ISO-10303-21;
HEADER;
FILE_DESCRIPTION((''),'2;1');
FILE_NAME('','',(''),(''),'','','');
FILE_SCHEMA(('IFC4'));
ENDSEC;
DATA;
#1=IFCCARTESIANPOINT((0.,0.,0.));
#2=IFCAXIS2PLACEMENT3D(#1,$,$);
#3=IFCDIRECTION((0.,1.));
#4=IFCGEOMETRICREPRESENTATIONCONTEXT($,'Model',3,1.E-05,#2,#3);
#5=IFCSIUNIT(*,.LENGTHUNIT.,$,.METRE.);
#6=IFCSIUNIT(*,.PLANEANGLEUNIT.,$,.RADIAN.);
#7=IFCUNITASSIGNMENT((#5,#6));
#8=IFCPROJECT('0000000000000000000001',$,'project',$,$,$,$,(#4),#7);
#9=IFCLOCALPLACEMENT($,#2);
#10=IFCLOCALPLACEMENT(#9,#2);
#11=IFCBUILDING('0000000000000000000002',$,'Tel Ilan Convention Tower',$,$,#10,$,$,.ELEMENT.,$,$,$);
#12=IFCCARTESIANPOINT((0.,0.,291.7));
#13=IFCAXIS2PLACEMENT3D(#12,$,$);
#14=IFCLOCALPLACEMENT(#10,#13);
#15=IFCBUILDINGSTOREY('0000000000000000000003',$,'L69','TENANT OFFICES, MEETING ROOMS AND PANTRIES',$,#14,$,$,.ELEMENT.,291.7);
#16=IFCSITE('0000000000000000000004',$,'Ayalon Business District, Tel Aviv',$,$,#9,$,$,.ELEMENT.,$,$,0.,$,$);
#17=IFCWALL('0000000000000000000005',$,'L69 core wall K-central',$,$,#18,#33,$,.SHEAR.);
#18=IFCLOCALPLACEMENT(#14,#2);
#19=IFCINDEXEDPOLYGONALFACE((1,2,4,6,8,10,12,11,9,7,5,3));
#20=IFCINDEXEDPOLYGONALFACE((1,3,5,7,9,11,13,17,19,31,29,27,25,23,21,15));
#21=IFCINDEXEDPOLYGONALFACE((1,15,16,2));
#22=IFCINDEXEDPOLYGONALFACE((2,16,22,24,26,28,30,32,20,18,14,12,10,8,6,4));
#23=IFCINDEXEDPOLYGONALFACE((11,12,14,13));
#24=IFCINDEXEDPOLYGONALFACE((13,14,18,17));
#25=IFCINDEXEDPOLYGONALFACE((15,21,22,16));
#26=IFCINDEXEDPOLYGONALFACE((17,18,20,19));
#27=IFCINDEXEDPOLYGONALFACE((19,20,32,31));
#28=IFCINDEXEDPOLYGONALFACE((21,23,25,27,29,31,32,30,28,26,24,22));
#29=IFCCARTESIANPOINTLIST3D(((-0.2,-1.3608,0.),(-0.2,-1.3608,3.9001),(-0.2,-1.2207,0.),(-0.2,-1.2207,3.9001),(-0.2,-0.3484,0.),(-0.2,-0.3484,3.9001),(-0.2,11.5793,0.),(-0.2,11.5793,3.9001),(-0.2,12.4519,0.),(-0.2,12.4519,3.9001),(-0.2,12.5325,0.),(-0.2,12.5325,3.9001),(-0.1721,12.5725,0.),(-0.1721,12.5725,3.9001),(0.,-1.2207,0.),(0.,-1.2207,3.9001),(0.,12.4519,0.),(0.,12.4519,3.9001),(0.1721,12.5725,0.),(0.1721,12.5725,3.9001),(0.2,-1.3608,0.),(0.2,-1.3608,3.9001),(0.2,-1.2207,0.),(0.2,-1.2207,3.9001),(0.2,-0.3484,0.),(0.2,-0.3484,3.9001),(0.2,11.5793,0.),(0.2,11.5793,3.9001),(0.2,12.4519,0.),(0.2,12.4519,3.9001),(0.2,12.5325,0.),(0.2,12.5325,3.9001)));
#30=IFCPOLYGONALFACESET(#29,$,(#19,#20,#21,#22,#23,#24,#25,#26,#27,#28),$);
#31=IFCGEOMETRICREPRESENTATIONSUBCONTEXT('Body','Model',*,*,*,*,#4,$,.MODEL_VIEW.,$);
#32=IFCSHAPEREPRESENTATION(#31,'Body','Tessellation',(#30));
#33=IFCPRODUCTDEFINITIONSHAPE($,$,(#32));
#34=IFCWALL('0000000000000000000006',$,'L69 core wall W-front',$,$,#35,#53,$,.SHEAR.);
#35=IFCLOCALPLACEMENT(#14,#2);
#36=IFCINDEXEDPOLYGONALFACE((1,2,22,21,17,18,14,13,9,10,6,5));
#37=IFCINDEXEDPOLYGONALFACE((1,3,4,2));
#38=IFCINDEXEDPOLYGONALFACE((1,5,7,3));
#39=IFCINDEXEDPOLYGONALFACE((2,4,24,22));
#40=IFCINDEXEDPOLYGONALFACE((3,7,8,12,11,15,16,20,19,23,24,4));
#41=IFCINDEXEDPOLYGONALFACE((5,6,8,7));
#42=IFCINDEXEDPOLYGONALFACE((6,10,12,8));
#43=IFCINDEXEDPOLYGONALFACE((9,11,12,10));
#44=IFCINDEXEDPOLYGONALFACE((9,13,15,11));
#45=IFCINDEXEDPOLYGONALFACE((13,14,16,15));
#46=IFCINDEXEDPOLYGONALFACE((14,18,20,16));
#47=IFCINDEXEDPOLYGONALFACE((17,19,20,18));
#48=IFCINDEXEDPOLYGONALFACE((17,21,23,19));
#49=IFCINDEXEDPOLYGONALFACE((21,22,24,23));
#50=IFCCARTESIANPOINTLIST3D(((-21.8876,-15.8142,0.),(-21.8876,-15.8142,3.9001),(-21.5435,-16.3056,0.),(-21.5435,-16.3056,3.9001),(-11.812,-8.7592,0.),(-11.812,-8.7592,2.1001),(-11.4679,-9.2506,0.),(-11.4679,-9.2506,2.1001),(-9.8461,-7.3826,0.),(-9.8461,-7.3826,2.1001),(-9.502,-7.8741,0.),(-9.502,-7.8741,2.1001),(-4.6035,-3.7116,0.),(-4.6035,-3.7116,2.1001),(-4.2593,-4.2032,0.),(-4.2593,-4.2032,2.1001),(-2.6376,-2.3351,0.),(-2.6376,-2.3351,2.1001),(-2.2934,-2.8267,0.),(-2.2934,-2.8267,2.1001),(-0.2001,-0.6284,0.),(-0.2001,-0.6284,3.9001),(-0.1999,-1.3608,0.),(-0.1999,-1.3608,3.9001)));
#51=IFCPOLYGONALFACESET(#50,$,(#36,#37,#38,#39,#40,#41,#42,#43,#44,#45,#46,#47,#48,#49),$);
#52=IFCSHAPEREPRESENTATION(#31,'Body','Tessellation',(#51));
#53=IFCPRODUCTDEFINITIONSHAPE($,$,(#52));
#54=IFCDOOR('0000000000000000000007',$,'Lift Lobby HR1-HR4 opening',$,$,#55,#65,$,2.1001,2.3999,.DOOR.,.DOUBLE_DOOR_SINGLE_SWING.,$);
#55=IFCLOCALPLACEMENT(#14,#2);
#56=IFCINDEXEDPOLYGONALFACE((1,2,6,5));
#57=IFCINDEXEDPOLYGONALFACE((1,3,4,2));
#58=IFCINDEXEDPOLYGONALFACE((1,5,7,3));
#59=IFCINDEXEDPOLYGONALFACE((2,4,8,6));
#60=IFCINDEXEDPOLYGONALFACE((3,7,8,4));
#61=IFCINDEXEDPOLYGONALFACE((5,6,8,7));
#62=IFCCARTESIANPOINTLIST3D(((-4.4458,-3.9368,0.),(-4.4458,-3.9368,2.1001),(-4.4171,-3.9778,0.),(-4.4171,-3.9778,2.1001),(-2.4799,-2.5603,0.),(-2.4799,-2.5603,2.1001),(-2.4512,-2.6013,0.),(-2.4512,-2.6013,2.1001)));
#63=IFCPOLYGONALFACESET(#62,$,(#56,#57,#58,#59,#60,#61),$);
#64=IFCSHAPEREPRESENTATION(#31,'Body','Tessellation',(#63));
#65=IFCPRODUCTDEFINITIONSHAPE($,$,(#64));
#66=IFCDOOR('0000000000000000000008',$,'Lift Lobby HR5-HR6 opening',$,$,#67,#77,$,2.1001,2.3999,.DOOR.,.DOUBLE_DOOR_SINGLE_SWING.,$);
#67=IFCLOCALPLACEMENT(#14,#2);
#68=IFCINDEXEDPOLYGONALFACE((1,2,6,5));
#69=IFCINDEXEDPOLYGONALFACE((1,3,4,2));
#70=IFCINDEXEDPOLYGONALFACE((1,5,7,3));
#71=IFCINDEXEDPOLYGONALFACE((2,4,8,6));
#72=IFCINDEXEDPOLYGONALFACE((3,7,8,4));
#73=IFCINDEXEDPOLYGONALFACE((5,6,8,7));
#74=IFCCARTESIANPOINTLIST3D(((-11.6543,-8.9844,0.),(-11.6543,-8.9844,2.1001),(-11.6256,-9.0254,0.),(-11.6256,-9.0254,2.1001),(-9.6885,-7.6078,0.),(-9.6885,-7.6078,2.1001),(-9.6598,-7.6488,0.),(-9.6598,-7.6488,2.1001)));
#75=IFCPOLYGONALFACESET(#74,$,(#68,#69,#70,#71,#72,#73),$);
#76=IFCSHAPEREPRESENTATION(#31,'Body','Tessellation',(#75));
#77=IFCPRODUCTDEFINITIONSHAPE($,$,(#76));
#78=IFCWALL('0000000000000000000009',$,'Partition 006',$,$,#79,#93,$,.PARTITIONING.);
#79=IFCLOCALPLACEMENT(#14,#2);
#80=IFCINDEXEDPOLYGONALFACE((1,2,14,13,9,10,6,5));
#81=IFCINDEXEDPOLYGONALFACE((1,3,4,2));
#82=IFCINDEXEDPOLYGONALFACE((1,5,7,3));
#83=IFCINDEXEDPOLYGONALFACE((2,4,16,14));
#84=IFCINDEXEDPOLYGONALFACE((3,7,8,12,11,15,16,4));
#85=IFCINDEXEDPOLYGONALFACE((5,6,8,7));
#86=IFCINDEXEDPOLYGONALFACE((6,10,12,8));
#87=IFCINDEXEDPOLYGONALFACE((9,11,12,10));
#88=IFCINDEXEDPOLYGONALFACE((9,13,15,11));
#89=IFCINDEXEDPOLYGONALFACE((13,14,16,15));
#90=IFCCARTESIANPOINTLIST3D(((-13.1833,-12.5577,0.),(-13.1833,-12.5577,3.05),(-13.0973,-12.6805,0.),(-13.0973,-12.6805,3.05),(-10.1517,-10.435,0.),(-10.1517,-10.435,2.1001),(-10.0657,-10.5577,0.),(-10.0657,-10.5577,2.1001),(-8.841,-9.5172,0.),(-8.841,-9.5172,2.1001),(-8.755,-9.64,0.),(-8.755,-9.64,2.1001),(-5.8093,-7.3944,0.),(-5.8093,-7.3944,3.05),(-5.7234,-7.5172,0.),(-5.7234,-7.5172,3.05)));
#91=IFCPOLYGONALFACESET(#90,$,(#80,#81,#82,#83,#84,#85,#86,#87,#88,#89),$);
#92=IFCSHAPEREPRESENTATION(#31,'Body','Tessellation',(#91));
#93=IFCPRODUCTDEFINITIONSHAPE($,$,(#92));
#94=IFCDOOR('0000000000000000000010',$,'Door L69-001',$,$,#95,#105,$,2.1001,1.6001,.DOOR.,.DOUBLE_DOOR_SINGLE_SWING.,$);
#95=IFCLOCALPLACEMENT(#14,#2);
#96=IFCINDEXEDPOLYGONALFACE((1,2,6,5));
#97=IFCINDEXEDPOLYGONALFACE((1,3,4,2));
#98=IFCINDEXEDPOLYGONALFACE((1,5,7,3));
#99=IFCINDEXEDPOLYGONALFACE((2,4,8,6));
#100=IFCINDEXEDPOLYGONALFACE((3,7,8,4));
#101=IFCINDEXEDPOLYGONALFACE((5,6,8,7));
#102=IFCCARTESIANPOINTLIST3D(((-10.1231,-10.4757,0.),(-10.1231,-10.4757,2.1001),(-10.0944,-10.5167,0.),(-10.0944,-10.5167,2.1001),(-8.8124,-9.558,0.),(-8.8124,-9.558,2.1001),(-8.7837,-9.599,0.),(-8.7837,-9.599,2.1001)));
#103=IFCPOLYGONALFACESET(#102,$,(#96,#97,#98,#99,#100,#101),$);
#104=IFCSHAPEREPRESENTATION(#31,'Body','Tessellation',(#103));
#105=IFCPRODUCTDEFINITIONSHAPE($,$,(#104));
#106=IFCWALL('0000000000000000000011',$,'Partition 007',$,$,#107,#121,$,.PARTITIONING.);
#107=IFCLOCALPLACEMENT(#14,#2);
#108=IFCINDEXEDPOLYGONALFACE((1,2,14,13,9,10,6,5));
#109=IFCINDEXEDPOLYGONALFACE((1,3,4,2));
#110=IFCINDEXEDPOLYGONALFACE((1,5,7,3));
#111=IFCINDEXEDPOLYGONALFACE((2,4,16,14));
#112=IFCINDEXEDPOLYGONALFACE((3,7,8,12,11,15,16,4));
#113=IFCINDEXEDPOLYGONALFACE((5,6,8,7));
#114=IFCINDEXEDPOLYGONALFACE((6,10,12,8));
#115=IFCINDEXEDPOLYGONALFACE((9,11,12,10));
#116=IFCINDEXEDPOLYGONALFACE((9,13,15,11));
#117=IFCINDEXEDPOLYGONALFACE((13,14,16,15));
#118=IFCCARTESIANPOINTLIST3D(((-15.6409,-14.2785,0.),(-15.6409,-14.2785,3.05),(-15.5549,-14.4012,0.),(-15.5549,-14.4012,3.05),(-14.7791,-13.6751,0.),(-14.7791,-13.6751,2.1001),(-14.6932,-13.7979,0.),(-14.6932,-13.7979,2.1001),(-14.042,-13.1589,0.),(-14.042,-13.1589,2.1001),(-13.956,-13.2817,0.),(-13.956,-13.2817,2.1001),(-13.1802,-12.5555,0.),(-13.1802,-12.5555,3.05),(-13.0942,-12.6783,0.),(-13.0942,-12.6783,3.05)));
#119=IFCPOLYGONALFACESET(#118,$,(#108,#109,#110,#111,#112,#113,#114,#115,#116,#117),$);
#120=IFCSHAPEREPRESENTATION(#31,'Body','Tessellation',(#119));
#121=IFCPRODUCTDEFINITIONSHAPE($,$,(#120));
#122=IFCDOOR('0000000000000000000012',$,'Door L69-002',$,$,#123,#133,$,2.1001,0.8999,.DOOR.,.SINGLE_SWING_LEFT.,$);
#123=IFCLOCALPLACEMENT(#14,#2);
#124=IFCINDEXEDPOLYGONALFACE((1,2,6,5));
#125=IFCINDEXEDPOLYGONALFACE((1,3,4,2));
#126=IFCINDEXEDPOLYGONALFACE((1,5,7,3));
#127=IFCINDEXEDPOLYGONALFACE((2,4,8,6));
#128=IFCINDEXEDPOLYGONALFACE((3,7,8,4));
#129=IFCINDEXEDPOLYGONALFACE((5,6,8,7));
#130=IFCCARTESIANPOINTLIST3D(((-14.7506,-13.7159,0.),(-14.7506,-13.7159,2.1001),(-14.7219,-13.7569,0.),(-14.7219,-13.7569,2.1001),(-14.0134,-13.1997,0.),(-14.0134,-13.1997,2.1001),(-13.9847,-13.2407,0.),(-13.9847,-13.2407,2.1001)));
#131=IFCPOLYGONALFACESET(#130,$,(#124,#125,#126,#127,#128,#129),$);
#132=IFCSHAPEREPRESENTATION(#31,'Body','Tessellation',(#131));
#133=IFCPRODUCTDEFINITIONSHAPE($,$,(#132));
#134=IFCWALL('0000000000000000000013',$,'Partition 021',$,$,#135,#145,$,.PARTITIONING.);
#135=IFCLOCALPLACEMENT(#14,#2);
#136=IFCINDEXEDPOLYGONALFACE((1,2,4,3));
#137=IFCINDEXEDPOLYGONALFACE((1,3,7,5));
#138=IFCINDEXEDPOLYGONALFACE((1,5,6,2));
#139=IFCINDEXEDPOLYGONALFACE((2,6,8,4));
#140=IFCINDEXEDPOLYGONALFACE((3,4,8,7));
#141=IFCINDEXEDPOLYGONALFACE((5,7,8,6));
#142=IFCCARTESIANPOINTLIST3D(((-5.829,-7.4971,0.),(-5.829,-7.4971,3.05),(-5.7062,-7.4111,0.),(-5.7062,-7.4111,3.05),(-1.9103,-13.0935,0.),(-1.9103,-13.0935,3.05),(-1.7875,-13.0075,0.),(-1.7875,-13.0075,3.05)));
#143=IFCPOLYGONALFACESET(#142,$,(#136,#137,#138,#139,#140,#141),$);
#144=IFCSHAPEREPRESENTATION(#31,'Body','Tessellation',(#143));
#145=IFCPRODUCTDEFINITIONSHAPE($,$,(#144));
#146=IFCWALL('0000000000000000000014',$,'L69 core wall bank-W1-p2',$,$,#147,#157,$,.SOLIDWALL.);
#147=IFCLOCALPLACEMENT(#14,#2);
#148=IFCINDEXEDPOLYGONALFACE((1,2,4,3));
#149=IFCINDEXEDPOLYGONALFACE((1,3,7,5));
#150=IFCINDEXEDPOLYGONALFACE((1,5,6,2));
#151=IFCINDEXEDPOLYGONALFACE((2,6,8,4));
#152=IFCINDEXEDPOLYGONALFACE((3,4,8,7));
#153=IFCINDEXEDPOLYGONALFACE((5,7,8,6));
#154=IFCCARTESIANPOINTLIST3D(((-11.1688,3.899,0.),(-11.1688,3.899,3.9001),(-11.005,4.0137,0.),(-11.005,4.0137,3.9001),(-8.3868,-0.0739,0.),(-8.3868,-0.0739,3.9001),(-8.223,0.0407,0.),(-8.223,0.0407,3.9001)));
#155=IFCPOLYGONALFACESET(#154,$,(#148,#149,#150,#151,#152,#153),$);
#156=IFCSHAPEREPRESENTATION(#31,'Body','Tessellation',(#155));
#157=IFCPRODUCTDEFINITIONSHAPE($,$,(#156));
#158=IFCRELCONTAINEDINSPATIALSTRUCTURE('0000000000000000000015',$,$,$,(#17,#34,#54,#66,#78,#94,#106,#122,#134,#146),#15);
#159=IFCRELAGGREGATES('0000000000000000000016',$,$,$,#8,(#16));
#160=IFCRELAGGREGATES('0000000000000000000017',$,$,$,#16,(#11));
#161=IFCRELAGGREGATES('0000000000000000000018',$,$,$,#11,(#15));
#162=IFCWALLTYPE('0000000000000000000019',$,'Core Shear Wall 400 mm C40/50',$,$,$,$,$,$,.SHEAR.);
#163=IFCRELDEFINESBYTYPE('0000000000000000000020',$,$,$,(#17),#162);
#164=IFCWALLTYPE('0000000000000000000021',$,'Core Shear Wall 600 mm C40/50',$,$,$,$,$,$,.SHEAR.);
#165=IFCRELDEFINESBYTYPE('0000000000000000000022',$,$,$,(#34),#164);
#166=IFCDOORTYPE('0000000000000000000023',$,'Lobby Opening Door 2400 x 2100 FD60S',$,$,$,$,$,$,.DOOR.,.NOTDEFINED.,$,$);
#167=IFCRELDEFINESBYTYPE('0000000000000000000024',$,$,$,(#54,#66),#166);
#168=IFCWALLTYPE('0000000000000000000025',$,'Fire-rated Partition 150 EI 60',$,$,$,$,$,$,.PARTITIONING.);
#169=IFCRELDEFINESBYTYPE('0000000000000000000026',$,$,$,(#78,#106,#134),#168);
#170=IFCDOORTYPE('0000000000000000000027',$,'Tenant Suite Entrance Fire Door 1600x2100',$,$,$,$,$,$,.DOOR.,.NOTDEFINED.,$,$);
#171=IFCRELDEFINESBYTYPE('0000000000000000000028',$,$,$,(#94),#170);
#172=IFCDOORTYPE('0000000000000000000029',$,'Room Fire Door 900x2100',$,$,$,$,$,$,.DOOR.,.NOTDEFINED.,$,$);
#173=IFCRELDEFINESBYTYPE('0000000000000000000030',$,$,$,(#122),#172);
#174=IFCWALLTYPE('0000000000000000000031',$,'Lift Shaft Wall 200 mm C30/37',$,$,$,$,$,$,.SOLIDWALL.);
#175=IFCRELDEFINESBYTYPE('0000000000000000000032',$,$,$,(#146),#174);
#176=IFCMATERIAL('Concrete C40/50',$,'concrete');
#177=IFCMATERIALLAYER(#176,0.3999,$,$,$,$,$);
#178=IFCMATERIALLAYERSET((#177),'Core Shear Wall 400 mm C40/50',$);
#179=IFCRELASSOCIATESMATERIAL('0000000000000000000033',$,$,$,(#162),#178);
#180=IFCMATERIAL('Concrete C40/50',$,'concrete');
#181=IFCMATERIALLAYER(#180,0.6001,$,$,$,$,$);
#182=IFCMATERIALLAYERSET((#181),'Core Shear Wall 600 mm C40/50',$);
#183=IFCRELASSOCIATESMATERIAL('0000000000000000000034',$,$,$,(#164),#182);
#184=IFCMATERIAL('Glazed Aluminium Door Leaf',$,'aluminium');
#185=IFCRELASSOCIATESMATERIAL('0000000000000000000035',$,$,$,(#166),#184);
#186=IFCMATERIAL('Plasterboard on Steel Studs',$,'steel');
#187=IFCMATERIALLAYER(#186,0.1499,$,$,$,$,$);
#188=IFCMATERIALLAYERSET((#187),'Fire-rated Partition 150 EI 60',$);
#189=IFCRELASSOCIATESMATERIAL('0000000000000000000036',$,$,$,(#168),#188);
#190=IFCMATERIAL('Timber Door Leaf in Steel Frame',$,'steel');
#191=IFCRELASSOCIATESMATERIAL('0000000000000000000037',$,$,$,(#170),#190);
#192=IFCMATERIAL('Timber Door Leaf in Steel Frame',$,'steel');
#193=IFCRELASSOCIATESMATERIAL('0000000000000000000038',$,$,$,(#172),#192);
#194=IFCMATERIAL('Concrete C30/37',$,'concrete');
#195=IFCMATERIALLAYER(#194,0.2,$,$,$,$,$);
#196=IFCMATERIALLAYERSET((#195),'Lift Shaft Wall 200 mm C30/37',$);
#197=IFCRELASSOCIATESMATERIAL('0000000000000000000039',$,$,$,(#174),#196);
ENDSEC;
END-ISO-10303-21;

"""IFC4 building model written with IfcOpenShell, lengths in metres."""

from ifc_helpers import new_model, si_unit, direction, frame, frame_2d, origin, place, context, subcontext, project, spatial, polyline, rectangle, outline, extrude, material, layer, layer_set, type_object, element, fill, save


model = new_model("IFC4")

# Units and contexts
model_context = context("Model", 3, precision=1e-05, world=origin(), true_north=direction((0.0, 1.0)))
body_context = subcontext(model_context, "Body", "Model", "MODEL_VIEW")
ifc_project = project(units=[si_unit("LENGTHUNIT", "METRE"), si_unit("PLANEANGLEUNIT", "RADIAN")], contexts=[model_context])

# Site, building, storey
site_placement = place(None, origin())
site = spatial("IfcSite", under=ifc_project, at=site_placement, Name="Ayalon Business District, Tel Aviv", CompositionType="ELEMENT", RefElevation=0.0)
building_placement = place(site_placement, origin())
building = spatial("IfcBuilding", under=site, at=building_placement, Name="Tel Ilan Convention Tower", CompositionType="ELEMENT")
storey_placement = place(building_placement, frame((0.0, 0.0, 291.7)))
storey = spatial("IfcBuildingStorey", under=building, at=storey_placement, Name="L69", Description="TENANT OFFICES, MEETING ROOMS AND PANTRIES", CompositionType="ELEMENT", Elevation=291.7)

# Wall
ifc_material_1 = material(Name="Concrete C40/50", Category="concrete")
ifc_layer_1 = layer(ifc_material_1, 0.3999)
ifc_layer_set_1 = layer_set([ifc_layer_1], Name="Core Shear Wall 400 mm C40/50")
wall_type_1 = type_object("IfcWallType", Name="Core Shear Wall 400 mm C40/50", PredefinedType="SHEAR", material=ifc_layer_set_1)
wall_1_placement = place(storey_placement, frame((0.0, -1.3608, 0.0), z_axis=(0.0, 0.0, 1.0), x_axis=(0.0, 1.0, 0.0)))
element("IfcWall", 1, at=wall_1_placement, inside=storey, type_object=wall_type_1, Name="L69 core wall K-central", PredefinedType="SHEAR", context=body_context, shape_type="SweptSolid", body=[
    extrude(outline(polyline([(0.1401, 0.2), (0.0, 0.2), (0.1401, 0.0), (0.0, -0.2), (0.1401, -0.2), (1.0125, -0.2), (12.9402, -0.2), (13.8127, -0.2), (13.8933, -0.2), (13.9333, -0.1721), (13.8127, 0.0), (13.9333, 0.1721), (13.8933, 0.2), (13.8127, 0.2), (12.9402, 0.2), (1.0125, 0.2), (0.1401, 0.2)])), origin(), (0.0, 0.0, 1.0), 3.9001),
])

# Wall, openings, doors
ifc_material_2 = material(Name="Concrete C40/50", Category="concrete")
ifc_layer_2 = layer(ifc_material_2, 0.6001)
ifc_layer_set_2 = layer_set([ifc_layer_2], Name="Core Shear Wall 600 mm C40/50")
wall_type_2 = type_object("IfcWallType", Name="Core Shear Wall 600 mm C40/50", PredefinedType="SHEAR", material=ifc_layer_set_2)
wall_2_placement = place(storey_placement, frame((-0.0278, -0.874, 0.0), z_axis=(0.0, 0.0, 1.0), x_axis=(-0.81915, -0.573579, 0.0)))
wall_2 = element("IfcWall", 2, at=wall_2_placement, inside=storey, type_object=wall_type_2, Name="L69 core wall W-front", PredefinedType="SHEAR", context=body_context, shape_type="SweptSolid", body=[
    extrude(outline(polyline([(26.4758, 0.2998), (0.4202, 0.3), (0.0002, -0.3), (26.4758, -0.3), (26.4758, 0.2998)])), origin(), (0.0, 0.0, 1.0), 3.9001),
])
opening_1_placement = place(wall_2_placement, frame((2.9758, 0.0, 0.0)))
opening_1 = element("IfcOpeningElement", 3, at=opening_1_placement, cuts=wall_2, PredefinedType="OPENING", context=body_context, shape_type="SweptSolid", body=[
    extrude(rectangle(XDim=2.3999, YDim=2.1001, at=frame_2d((1.2, 1.05))), frame((0.0, 0.3101, 0.0), z_axis=(0.0, -1.0, 0.0), x_axis=(1.0, 0.0, 0.0)), (0.0, 0.0, 1.0), 0.6201),
])
opening_2_placement = place(wall_2_placement, frame((11.7759, 0.0, 0.0)))
opening_2 = element("IfcOpeningElement", 4, at=opening_2_placement, cuts=wall_2, PredefinedType="OPENING", context=body_context, shape_type="SweptSolid", body=[
    extrude(rectangle(XDim=2.3999, YDim=2.1001, at=frame_2d((1.2, 1.05))), frame((0.0, 0.3101, 0.0), z_axis=(0.0, -1.0, 0.0), x_axis=(1.0, 0.0, 0.0)), (0.0, 0.0, 1.0), 0.6201),
])
ifc_material_3 = material(Name="Glazed Aluminium Door Leaf", Category="aluminium")
door_type_1 = type_object("IfcDoorType", Name="Lobby Opening Door 2400 x 2100 FD60S", OperationType="NOTDEFINED", PredefinedType="DOOR", material=ifc_material_3)
door_1_placement = place(opening_1_placement, origin())
door_1 = element("IfcDoor", 5, at=door_1_placement, inside=storey, type_object=door_type_1, Name="Lift Lobby HR1-HR4 opening", OperationType="DOUBLE_DOOR_SINGLE_SWING", OverallHeight=2.1001, OverallWidth=2.3999, PredefinedType="DOOR", context=body_context, shape_type="SweptSolid", body=[
    extrude(rectangle(XDim=2.3999, YDim=2.1001, at=frame_2d((1.2, 1.05))), frame((0.0, 0.0249, 0.0), z_axis=(0.0, -1.0, 0.0), x_axis=(1.0, 0.0, 0.0)), (0.0, 0.0, 1.0), 0.05),
])
fill(opening_1, door_1)
door_2_placement = place(opening_2_placement, origin())
door_2 = element("IfcDoor", 6, at=door_2_placement, inside=storey, type_object=door_type_1, Name="Lift Lobby HR5-HR6 opening", OperationType="DOUBLE_DOOR_SINGLE_SWING", OverallHeight=2.1001, OverallWidth=2.3999, PredefinedType="DOOR", context=body_context, shape_type="SweptSolid", body=[
    extrude(rectangle(XDim=2.3999, YDim=2.1001, at=frame_2d((1.2, 1.05))), frame((0.0, 0.0249, 0.0), z_axis=(0.0, -1.0, 0.0), x_axis=(1.0, 0.0, 0.0)), (0.0, 0.0, 1.0), 0.05),
])
fill(opening_2, door_2)

# Walls, openings, doors
ifc_material_4 = material(Name="Plasterboard on Steel Studs", Category="steel")
ifc_layer_3 = layer(ifc_material_4, 0.1499)
ifc_layer_set_3 = layer_set([ifc_layer_3], Name="Fire-rated Partition 150 EI 60")
wall_type_3 = type_object("IfcWallType", Name="Fire-rated Partition 150 EI 60", PredefinedType="PARTITIONING", material=ifc_layer_set_3)
wall_3_placement = place(storey_placement, frame((-5.7664, -7.4558, 0.0), z_axis=(0.0, 0.0, 1.0), x_axis=(-0.819153, -0.573575, 0.0)))
wall_3 = element("IfcWall", 7, at=wall_3_placement, inside=storey, type_object=wall_type_3, Name="Partition 006", PredefinedType="PARTITIONING", context=body_context, shape_type="SweptSolid", body=[
    extrude(rectangle(XDim=9.002, YDim=0.1499, at=frame_2d((4.501, 0.0))), origin(), (0.0, 0.0, 1.0), 3.05),
])
opening_3_placement = place(wall_3_placement, frame((3.7009, 0.0, 0.0)))
opening_3 = element("IfcOpeningElement", 8, at=opening_3_placement, cuts=wall_3, PredefinedType="OPENING", context=body_context, shape_type="SweptSolid", body=[
    extrude(rectangle(XDim=1.6001, YDim=2.1001, at=frame_2d((0.8, 1.05))), frame((0.0, 0.085, 0.0), z_axis=(0.0, -1.0, 0.0), x_axis=(1.0, 0.0, 0.0)), (0.0, 0.0, 1.0), 0.1699),
])
ifc_material_5 = material(Name="Timber Door Leaf in Steel Frame", Category="steel")
door_type_2 = type_object("IfcDoorType", Name="Tenant Suite Entrance Fire Door 1600x2100", OperationType="NOTDEFINED", PredefinedType="DOOR", material=ifc_material_5)
door_3_placement = place(opening_3_placement, origin())
door_3 = element("IfcDoor", 9, at=door_3_placement, inside=storey, type_object=door_type_2, Name="Door L69-001", OperationType="DOUBLE_DOOR_SINGLE_SWING", OverallHeight=2.1001, OverallWidth=1.6001, PredefinedType="DOOR", context=body_context, shape_type="SweptSolid", body=[
    extrude(rectangle(XDim=1.6001, YDim=2.1001, at=frame_2d((0.8, 1.05))), frame((0.0, 0.0249, 0.0), z_axis=(0.0, -1.0, 0.0), x_axis=(1.0, 0.0, 0.0)), (0.0, 0.0, 1.0), 0.05),
])
fill(opening_3, door_3)
wall_4_placement = place(storey_placement, frame((-13.1372, -12.6169, 0.0), z_axis=(0.0, 0.0, 1.0), x_axis=(-0.819167, -0.573555, 0.0)))
wall_4 = element("IfcWall", 10, at=wall_4_placement, inside=storey, type_object=wall_type_3, Name="Partition 007", PredefinedType="PARTITIONING", context=body_context, shape_type="SweptSolid", body=[
    extrude(rectangle(XDim=3.0039, YDim=0.1499, at=frame_2d((1.502, 0.0))), origin(), (0.0, 0.0, 1.0), 3.05),
])
opening_4_placement = place(wall_4_placement, frame((1.052, 0.0, 0.0)))
opening_4 = element("IfcOpeningElement", 11, at=opening_4_placement, cuts=wall_4, PredefinedType="OPENING", context=body_context, shape_type="SweptSolid", body=[
    extrude(rectangle(XDim=0.8999, YDim=2.1001, at=frame_2d((0.45, 1.05))), frame((0.0, 0.085, 0.0), z_axis=(0.0, -1.0, 0.0), x_axis=(1.0, 0.0, 0.0)), (0.0, 0.0, 1.0), 0.1699),
])
ifc_material_6 = material(Name="Timber Door Leaf in Steel Frame", Category="steel")
door_type_3 = type_object("IfcDoorType", Name="Room Fire Door 900x2100", OperationType="NOTDEFINED", PredefinedType="DOOR", material=ifc_material_6)
door_4_placement = place(opening_4_placement, origin())
door_4 = element("IfcDoor", 12, at=door_4_placement, inside=storey, type_object=door_type_3, Name="Door L69-002", OperationType="SINGLE_SWING_LEFT", OverallHeight=2.1001, OverallWidth=0.8999, PredefinedType="DOOR", context=body_context, shape_type="SweptSolid", body=[
    extrude(rectangle(XDim=0.8999, YDim=2.1001, at=frame_2d((0.45, 1.05))), frame((0.0, 0.0249, 0.0), z_axis=(0.0, -1.0, 0.0), x_axis=(1.0, 0.0, 0.0)), (0.0, 0.0, 1.0), 0.05),
])
fill(opening_4, door_4)

# Walls
wall_5_placement = place(storey_placement, frame((-1.8489, -13.0505, 0.0), z_axis=(0.0, 0.0, 1.0), x_axis=(-0.57358, 0.81915, 0.0)))
element("IfcWall", 13, at=wall_5_placement, inside=storey, type_object=wall_type_3, Name="Partition 021", PredefinedType="PARTITIONING", context=body_context, shape_type="SweptSolid", body=[
    extrude(rectangle(XDim=6.832, YDim=0.1499, at=frame_2d((3.416, 0.0))), origin(), (0.0, 0.0, 1.0), 3.05),
])
ifc_material_7 = material(Name="Concrete C30/37", Category="concrete")
ifc_layer_4 = layer(ifc_material_7, 0.2)
ifc_layer_set_4 = layer_set([ifc_layer_4], Name="Lift Shaft Wall 200 mm C30/37")
wall_type_4 = type_object("IfcWallType", Name="Lift Shaft Wall 200 mm C30/37", PredefinedType="SOLIDWALL", material=ifc_layer_set_4)
wall_6_placement = place(storey_placement, frame((-8.3049, -0.0166, 0.0), z_axis=(0.0, 0.0, 1.0), x_axis=(-0.573594, 0.81914, 0.0)))
element("IfcWall", 14, at=wall_6_placement, inside=storey, type_object=wall_type_4, Name="L69 core wall bank-W1-p2", PredefinedType="SOLIDWALL", context=body_context, shape_type="SweptSolid", body=[
    extrude(rectangle(XDim=4.8501, YDim=0.2, at=frame_2d((2.425, 0.0))), origin(), (0.0, 0.0, 1.0), 3.9001),
])

save(model, "model.ifc")
